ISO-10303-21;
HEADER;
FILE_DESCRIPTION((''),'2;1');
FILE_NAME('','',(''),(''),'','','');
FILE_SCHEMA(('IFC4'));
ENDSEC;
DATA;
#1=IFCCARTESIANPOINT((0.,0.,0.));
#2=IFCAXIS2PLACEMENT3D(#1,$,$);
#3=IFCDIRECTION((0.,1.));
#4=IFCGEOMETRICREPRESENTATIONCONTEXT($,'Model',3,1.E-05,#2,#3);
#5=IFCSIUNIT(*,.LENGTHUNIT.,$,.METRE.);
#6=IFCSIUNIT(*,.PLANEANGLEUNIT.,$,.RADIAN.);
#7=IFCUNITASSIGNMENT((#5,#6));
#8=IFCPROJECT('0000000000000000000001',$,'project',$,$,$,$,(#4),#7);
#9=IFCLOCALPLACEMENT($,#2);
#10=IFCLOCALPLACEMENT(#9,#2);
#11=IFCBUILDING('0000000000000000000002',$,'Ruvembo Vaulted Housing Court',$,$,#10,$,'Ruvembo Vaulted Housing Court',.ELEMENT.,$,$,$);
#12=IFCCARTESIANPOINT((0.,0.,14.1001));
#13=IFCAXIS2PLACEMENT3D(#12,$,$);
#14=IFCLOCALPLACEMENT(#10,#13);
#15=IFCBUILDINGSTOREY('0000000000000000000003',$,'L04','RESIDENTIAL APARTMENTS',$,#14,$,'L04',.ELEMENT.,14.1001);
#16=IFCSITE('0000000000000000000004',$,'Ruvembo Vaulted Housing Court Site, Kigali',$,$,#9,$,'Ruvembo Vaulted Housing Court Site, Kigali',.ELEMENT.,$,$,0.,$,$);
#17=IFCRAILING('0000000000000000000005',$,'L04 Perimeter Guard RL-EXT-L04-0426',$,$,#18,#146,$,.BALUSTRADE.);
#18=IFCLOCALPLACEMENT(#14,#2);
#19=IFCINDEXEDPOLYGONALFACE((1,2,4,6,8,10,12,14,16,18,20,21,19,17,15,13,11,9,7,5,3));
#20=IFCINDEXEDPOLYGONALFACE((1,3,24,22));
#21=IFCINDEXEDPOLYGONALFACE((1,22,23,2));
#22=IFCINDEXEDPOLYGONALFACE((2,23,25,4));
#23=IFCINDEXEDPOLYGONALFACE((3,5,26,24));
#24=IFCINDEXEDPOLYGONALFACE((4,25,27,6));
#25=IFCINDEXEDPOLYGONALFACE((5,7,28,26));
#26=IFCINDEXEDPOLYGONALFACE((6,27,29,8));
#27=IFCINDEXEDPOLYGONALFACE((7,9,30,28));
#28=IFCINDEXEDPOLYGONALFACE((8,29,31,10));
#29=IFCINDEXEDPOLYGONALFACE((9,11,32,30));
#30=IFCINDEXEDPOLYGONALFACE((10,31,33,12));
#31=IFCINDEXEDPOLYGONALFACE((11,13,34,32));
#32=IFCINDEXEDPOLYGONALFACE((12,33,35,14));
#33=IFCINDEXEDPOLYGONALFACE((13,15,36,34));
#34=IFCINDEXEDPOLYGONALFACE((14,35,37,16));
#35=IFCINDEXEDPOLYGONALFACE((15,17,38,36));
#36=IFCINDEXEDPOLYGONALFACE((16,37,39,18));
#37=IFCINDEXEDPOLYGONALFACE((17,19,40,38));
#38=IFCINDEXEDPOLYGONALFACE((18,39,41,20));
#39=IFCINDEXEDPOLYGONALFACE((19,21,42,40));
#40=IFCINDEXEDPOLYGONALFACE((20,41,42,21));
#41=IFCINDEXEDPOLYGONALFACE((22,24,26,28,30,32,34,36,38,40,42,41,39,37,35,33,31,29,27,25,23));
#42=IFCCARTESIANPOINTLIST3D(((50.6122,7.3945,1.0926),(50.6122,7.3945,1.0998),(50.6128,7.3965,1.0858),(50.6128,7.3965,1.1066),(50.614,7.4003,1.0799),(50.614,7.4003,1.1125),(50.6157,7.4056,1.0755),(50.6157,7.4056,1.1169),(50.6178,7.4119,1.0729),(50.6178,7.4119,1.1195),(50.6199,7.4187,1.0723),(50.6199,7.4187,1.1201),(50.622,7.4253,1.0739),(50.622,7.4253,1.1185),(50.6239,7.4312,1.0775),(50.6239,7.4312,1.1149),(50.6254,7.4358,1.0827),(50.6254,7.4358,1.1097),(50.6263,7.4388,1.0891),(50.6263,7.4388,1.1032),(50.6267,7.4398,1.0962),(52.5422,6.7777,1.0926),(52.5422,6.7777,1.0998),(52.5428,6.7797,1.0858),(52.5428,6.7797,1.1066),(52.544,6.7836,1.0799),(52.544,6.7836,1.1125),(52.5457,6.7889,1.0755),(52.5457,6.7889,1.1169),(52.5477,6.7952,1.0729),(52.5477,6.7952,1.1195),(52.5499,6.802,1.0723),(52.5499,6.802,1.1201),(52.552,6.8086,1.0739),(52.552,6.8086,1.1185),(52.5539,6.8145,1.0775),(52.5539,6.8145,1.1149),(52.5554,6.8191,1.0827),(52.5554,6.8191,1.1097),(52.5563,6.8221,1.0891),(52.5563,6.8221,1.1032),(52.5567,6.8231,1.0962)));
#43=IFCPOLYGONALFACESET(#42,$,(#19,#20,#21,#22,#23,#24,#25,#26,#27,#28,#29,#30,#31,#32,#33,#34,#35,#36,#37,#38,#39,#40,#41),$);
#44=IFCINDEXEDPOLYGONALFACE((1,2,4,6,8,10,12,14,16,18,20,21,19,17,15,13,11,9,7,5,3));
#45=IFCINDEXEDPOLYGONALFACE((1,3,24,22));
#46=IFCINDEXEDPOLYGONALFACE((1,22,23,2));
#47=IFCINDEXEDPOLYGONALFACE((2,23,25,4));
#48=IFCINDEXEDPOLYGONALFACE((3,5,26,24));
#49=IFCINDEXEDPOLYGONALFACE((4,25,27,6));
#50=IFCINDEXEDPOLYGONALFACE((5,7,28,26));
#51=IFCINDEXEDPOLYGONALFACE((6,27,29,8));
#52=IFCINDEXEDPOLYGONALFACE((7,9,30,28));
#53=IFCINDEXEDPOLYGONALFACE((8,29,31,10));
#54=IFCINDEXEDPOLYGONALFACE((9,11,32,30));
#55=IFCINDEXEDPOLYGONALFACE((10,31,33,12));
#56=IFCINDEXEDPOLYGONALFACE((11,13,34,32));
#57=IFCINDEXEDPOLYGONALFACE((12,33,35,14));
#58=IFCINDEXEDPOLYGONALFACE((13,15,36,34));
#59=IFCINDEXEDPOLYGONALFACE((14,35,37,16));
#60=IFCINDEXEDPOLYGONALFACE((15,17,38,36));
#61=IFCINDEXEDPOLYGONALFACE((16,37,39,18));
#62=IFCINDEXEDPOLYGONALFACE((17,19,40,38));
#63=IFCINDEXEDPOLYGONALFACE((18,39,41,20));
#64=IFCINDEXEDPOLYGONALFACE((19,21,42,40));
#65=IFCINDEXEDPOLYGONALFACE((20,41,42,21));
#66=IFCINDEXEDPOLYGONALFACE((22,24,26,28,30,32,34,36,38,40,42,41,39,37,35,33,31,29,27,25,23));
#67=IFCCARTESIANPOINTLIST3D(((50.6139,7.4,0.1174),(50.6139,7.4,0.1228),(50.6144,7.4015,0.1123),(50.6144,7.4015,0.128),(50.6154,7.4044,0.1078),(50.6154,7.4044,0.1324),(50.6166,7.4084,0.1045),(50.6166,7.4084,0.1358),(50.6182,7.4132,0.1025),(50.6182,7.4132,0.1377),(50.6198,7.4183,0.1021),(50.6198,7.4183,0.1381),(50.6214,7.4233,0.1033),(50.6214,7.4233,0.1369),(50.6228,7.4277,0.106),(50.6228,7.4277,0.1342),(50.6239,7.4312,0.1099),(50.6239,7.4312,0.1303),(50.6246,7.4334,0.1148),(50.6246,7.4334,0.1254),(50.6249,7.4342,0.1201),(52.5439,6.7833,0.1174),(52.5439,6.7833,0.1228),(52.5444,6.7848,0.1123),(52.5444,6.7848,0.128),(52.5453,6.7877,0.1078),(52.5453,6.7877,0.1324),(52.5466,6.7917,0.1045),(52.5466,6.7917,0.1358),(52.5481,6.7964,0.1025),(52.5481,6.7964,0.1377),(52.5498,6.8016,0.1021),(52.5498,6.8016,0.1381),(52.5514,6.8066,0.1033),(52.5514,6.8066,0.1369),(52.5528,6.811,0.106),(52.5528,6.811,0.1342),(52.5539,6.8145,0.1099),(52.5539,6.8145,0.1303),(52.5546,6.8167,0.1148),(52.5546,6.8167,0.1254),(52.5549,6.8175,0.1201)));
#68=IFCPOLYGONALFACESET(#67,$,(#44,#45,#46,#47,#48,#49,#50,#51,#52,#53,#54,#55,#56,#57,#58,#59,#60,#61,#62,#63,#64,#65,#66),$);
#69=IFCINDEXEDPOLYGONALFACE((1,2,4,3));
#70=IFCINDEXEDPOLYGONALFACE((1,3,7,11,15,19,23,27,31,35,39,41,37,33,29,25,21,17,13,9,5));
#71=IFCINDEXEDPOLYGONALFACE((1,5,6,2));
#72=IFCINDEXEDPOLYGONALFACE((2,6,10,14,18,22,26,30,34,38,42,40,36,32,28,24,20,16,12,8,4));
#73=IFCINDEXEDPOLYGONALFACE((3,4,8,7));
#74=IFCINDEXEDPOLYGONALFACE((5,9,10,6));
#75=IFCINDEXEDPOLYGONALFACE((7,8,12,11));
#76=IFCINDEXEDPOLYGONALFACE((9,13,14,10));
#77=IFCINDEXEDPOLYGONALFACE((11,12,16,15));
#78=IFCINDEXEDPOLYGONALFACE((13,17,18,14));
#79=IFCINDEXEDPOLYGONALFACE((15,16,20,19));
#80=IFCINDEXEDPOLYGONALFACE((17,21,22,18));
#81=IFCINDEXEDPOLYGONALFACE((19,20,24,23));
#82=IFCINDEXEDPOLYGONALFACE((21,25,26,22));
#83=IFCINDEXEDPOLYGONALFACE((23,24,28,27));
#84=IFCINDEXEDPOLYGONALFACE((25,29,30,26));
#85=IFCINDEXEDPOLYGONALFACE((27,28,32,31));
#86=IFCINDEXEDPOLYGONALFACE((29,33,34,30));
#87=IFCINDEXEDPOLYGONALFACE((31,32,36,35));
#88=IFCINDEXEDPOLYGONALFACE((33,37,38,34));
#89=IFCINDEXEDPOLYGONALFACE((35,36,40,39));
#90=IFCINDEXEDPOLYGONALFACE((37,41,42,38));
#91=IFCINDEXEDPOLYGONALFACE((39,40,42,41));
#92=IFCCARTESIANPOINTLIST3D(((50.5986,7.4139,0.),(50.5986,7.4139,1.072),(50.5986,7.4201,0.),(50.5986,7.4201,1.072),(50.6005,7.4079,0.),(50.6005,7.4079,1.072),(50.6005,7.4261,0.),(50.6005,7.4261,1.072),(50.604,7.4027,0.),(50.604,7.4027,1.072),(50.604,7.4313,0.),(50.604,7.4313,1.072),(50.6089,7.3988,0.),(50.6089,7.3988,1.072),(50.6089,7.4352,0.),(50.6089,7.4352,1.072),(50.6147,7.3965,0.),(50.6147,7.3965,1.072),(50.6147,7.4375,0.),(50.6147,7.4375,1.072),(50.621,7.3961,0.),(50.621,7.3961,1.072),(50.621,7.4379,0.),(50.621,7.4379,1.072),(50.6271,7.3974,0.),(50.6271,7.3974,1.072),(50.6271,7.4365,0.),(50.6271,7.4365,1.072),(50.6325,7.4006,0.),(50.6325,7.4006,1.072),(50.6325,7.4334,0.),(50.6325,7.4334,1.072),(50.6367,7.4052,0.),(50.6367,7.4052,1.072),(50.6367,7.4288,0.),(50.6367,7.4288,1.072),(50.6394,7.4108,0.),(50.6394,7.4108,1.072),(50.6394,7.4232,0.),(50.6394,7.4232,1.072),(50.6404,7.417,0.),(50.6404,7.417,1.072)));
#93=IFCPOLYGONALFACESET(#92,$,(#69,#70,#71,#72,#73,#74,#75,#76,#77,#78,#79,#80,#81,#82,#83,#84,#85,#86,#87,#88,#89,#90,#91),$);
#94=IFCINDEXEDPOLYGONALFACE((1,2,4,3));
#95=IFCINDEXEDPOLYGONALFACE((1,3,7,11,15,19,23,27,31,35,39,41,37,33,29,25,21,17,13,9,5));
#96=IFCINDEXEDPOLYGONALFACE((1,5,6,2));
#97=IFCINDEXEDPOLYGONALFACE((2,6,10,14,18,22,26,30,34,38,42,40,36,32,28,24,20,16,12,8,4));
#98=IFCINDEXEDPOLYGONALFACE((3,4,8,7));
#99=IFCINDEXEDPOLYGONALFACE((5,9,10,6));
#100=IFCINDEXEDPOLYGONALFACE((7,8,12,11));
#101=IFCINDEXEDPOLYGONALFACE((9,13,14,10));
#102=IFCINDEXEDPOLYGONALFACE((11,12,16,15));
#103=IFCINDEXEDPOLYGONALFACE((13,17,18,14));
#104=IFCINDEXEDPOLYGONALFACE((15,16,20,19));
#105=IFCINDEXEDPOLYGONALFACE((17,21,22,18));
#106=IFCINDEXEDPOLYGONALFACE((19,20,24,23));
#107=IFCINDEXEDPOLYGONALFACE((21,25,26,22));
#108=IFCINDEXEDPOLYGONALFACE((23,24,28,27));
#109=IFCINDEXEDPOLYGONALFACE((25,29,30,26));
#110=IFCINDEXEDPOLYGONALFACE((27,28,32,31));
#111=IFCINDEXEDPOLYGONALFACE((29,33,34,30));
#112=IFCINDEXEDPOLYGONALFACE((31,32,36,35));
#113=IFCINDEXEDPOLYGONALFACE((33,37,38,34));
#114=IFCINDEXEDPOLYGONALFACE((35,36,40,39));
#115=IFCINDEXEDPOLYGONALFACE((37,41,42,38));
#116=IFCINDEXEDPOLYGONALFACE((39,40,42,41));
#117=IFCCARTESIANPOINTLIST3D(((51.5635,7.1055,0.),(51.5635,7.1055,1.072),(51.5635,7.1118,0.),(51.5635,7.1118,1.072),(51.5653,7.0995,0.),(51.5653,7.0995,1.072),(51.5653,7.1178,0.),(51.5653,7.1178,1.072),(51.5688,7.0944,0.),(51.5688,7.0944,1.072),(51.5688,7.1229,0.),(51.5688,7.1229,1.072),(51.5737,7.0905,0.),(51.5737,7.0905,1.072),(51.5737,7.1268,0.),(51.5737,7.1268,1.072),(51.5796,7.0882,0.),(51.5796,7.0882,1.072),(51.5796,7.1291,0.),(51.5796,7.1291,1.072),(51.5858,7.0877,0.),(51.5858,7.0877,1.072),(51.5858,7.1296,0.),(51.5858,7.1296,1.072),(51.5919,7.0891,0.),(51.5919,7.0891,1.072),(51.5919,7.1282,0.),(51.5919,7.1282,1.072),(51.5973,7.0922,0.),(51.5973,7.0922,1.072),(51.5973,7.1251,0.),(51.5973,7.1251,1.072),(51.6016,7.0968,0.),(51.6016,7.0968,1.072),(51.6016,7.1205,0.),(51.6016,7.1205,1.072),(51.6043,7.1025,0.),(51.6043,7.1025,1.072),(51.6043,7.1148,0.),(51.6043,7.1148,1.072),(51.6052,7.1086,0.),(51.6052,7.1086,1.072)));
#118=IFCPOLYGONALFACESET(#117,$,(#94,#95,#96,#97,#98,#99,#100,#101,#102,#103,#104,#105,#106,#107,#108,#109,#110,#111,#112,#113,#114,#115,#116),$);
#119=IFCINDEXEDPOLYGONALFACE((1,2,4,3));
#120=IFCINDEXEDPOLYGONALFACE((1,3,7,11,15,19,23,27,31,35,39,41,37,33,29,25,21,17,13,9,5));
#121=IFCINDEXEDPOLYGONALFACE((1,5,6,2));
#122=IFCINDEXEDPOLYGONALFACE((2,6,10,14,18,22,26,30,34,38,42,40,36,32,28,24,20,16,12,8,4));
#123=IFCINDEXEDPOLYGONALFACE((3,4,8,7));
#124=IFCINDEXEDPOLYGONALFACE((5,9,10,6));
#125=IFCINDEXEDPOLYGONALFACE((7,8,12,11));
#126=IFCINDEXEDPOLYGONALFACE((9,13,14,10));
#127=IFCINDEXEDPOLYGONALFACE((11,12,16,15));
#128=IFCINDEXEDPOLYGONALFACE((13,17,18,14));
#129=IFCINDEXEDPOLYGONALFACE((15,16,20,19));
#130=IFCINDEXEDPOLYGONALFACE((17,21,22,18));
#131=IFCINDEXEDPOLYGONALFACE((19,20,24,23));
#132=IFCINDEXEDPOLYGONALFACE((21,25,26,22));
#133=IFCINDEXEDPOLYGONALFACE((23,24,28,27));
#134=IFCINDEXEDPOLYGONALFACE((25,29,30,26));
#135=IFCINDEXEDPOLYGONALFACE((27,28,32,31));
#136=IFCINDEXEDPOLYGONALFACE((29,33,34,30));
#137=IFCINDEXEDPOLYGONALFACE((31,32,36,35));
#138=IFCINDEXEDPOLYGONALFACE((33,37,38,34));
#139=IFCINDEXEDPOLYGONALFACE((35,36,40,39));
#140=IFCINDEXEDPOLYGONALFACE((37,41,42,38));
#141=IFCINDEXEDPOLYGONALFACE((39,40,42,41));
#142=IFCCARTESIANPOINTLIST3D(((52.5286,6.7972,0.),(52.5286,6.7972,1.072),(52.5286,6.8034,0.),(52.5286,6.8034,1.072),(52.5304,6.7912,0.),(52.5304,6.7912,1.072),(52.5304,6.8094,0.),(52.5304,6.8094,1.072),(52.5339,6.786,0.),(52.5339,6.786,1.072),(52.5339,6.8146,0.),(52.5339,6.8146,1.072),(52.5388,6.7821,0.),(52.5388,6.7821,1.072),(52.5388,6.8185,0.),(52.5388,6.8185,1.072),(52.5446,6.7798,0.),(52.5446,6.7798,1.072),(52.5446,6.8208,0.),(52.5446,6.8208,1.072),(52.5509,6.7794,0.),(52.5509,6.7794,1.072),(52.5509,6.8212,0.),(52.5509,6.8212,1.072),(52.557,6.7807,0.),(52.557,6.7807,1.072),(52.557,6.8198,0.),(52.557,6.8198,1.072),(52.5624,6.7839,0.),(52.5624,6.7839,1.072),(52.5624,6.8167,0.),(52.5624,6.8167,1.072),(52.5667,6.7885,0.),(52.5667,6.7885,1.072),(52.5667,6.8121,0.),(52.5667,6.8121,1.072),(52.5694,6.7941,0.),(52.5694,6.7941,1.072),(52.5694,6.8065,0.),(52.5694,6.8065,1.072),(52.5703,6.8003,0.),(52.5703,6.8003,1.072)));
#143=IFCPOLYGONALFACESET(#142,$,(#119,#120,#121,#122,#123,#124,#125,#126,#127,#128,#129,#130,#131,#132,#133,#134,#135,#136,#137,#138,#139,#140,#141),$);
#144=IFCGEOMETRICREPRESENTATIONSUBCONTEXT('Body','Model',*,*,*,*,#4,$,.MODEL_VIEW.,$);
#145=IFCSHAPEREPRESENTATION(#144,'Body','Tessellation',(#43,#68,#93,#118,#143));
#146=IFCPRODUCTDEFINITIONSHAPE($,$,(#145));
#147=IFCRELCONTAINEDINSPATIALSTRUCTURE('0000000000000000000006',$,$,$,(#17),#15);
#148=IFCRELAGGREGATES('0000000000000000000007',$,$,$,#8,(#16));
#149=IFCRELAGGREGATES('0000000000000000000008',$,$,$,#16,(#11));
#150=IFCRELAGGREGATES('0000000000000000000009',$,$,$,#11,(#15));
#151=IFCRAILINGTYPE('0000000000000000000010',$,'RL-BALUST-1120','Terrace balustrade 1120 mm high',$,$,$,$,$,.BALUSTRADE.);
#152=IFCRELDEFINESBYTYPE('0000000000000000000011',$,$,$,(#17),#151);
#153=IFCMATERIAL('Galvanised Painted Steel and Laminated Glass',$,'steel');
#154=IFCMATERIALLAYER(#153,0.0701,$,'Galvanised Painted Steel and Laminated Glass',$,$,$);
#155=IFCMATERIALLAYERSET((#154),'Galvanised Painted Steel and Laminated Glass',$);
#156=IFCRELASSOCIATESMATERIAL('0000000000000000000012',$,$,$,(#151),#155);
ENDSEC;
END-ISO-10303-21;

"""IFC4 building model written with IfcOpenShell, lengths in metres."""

from ifc_helpers import new_model, si_unit, direction, frame, origin, origin_2d, place, context, subcontext, project, spatial, circle, extrude, material, layer, layer_set, type_object, element, save


model = new_model("IFC4")

# Units and contexts
model_context = context("Model", 3, precision=1e-05, world=origin(), true_north=direction((0.0, 1.0)))
body_context = subcontext(model_context, "Body", "Model", "MODEL_VIEW")
ifc_project = project(units=[si_unit("LENGTHUNIT", "METRE"), si_unit("PLANEANGLEUNIT", "RADIAN")], contexts=[model_context])

# Site, building, storey
site_placement = place(None, origin())
site = spatial("IfcSite", under=ifc_project, at=site_placement, Name="Ruvembo Vaulted Housing Court Site, Kigali", LongName="Ruvembo Vaulted Housing Court Site, Kigali", CompositionType="ELEMENT", RefElevation=0.0)
building_placement = place(site_placement, origin())
building = spatial("IfcBuilding", under=site, at=building_placement, Name="Ruvembo Vaulted Housing Court", LongName="Ruvembo Vaulted Housing Court", CompositionType="ELEMENT")
storey_placement = place(building_placement, frame((0.0, 0.0, 14.1001)))
storey = spatial("IfcBuildingStorey", under=building, at=storey_placement, Name="L04", Description="RESIDENTIAL APARTMENTS", LongName="L04", CompositionType="ELEMENT", Elevation=14.1001)

# Railing
ifc_material_1 = material(Name="Galvanised Painted Steel and Laminated Glass", Category="steel")
ifc_layer_1 = layer(ifc_material_1, 0.0701, Name="Galvanised Painted Steel and Laminated Glass")
ifc_layer_set_1 = layer_set([ifc_layer_1], Name="Galvanised Painted Steel and Laminated Glass")
railing_type = type_object("IfcRailingType", Name="RL-BALUST-1120", Description="Terrace balustrade 1120 mm high", PredefinedType="BALUSTRADE", material=ifc_layer_set_1)
railing_1_placement = place(storey_placement, frame((50.6194, 7.417, 0.0)))
element("IfcRailing", 1, at=railing_1_placement, inside=storey, type_object=railing_type, Name="L04 Perimeter Guard RL-EXT-L04-0426", PredefinedType="BALUSTRADE", context=body_context, shape_type="SweptSolid", body=[
    extrude(circle(Radius=0.0239, at=origin_2d()), frame((0.0, 0.0, 1.0962), z_axis=(0.95255, -0.304382, 0.0), x_axis=(0.304382, 0.95255, 0.0)), (0.0, 0.0, 1.0), 2.0261),
    extrude(circle(Radius=0.0181, at=origin_2d()), frame((0.0, 0.0, 0.1201), z_axis=(0.95255, -0.304382, 0.0), x_axis=(0.304382, 0.95255, 0.0)), (0.0, 0.0, 1.0), 2.0261),
    extrude(circle(Radius=0.021, at=origin_2d()), origin(), (0.0, 0.0, 1.0), 1.072),
    extrude(circle(Radius=0.021, at=origin_2d()), frame((0.9648, -0.3083, 0.0)), (0.0, 0.0, 1.0), 1.072),
    extrude(circle(Radius=0.021, at=origin_2d()), frame((1.9299, -0.6167, 0.0)), (0.0, 0.0, 1.0), 1.072),
])

save(model, "model.ifc")
